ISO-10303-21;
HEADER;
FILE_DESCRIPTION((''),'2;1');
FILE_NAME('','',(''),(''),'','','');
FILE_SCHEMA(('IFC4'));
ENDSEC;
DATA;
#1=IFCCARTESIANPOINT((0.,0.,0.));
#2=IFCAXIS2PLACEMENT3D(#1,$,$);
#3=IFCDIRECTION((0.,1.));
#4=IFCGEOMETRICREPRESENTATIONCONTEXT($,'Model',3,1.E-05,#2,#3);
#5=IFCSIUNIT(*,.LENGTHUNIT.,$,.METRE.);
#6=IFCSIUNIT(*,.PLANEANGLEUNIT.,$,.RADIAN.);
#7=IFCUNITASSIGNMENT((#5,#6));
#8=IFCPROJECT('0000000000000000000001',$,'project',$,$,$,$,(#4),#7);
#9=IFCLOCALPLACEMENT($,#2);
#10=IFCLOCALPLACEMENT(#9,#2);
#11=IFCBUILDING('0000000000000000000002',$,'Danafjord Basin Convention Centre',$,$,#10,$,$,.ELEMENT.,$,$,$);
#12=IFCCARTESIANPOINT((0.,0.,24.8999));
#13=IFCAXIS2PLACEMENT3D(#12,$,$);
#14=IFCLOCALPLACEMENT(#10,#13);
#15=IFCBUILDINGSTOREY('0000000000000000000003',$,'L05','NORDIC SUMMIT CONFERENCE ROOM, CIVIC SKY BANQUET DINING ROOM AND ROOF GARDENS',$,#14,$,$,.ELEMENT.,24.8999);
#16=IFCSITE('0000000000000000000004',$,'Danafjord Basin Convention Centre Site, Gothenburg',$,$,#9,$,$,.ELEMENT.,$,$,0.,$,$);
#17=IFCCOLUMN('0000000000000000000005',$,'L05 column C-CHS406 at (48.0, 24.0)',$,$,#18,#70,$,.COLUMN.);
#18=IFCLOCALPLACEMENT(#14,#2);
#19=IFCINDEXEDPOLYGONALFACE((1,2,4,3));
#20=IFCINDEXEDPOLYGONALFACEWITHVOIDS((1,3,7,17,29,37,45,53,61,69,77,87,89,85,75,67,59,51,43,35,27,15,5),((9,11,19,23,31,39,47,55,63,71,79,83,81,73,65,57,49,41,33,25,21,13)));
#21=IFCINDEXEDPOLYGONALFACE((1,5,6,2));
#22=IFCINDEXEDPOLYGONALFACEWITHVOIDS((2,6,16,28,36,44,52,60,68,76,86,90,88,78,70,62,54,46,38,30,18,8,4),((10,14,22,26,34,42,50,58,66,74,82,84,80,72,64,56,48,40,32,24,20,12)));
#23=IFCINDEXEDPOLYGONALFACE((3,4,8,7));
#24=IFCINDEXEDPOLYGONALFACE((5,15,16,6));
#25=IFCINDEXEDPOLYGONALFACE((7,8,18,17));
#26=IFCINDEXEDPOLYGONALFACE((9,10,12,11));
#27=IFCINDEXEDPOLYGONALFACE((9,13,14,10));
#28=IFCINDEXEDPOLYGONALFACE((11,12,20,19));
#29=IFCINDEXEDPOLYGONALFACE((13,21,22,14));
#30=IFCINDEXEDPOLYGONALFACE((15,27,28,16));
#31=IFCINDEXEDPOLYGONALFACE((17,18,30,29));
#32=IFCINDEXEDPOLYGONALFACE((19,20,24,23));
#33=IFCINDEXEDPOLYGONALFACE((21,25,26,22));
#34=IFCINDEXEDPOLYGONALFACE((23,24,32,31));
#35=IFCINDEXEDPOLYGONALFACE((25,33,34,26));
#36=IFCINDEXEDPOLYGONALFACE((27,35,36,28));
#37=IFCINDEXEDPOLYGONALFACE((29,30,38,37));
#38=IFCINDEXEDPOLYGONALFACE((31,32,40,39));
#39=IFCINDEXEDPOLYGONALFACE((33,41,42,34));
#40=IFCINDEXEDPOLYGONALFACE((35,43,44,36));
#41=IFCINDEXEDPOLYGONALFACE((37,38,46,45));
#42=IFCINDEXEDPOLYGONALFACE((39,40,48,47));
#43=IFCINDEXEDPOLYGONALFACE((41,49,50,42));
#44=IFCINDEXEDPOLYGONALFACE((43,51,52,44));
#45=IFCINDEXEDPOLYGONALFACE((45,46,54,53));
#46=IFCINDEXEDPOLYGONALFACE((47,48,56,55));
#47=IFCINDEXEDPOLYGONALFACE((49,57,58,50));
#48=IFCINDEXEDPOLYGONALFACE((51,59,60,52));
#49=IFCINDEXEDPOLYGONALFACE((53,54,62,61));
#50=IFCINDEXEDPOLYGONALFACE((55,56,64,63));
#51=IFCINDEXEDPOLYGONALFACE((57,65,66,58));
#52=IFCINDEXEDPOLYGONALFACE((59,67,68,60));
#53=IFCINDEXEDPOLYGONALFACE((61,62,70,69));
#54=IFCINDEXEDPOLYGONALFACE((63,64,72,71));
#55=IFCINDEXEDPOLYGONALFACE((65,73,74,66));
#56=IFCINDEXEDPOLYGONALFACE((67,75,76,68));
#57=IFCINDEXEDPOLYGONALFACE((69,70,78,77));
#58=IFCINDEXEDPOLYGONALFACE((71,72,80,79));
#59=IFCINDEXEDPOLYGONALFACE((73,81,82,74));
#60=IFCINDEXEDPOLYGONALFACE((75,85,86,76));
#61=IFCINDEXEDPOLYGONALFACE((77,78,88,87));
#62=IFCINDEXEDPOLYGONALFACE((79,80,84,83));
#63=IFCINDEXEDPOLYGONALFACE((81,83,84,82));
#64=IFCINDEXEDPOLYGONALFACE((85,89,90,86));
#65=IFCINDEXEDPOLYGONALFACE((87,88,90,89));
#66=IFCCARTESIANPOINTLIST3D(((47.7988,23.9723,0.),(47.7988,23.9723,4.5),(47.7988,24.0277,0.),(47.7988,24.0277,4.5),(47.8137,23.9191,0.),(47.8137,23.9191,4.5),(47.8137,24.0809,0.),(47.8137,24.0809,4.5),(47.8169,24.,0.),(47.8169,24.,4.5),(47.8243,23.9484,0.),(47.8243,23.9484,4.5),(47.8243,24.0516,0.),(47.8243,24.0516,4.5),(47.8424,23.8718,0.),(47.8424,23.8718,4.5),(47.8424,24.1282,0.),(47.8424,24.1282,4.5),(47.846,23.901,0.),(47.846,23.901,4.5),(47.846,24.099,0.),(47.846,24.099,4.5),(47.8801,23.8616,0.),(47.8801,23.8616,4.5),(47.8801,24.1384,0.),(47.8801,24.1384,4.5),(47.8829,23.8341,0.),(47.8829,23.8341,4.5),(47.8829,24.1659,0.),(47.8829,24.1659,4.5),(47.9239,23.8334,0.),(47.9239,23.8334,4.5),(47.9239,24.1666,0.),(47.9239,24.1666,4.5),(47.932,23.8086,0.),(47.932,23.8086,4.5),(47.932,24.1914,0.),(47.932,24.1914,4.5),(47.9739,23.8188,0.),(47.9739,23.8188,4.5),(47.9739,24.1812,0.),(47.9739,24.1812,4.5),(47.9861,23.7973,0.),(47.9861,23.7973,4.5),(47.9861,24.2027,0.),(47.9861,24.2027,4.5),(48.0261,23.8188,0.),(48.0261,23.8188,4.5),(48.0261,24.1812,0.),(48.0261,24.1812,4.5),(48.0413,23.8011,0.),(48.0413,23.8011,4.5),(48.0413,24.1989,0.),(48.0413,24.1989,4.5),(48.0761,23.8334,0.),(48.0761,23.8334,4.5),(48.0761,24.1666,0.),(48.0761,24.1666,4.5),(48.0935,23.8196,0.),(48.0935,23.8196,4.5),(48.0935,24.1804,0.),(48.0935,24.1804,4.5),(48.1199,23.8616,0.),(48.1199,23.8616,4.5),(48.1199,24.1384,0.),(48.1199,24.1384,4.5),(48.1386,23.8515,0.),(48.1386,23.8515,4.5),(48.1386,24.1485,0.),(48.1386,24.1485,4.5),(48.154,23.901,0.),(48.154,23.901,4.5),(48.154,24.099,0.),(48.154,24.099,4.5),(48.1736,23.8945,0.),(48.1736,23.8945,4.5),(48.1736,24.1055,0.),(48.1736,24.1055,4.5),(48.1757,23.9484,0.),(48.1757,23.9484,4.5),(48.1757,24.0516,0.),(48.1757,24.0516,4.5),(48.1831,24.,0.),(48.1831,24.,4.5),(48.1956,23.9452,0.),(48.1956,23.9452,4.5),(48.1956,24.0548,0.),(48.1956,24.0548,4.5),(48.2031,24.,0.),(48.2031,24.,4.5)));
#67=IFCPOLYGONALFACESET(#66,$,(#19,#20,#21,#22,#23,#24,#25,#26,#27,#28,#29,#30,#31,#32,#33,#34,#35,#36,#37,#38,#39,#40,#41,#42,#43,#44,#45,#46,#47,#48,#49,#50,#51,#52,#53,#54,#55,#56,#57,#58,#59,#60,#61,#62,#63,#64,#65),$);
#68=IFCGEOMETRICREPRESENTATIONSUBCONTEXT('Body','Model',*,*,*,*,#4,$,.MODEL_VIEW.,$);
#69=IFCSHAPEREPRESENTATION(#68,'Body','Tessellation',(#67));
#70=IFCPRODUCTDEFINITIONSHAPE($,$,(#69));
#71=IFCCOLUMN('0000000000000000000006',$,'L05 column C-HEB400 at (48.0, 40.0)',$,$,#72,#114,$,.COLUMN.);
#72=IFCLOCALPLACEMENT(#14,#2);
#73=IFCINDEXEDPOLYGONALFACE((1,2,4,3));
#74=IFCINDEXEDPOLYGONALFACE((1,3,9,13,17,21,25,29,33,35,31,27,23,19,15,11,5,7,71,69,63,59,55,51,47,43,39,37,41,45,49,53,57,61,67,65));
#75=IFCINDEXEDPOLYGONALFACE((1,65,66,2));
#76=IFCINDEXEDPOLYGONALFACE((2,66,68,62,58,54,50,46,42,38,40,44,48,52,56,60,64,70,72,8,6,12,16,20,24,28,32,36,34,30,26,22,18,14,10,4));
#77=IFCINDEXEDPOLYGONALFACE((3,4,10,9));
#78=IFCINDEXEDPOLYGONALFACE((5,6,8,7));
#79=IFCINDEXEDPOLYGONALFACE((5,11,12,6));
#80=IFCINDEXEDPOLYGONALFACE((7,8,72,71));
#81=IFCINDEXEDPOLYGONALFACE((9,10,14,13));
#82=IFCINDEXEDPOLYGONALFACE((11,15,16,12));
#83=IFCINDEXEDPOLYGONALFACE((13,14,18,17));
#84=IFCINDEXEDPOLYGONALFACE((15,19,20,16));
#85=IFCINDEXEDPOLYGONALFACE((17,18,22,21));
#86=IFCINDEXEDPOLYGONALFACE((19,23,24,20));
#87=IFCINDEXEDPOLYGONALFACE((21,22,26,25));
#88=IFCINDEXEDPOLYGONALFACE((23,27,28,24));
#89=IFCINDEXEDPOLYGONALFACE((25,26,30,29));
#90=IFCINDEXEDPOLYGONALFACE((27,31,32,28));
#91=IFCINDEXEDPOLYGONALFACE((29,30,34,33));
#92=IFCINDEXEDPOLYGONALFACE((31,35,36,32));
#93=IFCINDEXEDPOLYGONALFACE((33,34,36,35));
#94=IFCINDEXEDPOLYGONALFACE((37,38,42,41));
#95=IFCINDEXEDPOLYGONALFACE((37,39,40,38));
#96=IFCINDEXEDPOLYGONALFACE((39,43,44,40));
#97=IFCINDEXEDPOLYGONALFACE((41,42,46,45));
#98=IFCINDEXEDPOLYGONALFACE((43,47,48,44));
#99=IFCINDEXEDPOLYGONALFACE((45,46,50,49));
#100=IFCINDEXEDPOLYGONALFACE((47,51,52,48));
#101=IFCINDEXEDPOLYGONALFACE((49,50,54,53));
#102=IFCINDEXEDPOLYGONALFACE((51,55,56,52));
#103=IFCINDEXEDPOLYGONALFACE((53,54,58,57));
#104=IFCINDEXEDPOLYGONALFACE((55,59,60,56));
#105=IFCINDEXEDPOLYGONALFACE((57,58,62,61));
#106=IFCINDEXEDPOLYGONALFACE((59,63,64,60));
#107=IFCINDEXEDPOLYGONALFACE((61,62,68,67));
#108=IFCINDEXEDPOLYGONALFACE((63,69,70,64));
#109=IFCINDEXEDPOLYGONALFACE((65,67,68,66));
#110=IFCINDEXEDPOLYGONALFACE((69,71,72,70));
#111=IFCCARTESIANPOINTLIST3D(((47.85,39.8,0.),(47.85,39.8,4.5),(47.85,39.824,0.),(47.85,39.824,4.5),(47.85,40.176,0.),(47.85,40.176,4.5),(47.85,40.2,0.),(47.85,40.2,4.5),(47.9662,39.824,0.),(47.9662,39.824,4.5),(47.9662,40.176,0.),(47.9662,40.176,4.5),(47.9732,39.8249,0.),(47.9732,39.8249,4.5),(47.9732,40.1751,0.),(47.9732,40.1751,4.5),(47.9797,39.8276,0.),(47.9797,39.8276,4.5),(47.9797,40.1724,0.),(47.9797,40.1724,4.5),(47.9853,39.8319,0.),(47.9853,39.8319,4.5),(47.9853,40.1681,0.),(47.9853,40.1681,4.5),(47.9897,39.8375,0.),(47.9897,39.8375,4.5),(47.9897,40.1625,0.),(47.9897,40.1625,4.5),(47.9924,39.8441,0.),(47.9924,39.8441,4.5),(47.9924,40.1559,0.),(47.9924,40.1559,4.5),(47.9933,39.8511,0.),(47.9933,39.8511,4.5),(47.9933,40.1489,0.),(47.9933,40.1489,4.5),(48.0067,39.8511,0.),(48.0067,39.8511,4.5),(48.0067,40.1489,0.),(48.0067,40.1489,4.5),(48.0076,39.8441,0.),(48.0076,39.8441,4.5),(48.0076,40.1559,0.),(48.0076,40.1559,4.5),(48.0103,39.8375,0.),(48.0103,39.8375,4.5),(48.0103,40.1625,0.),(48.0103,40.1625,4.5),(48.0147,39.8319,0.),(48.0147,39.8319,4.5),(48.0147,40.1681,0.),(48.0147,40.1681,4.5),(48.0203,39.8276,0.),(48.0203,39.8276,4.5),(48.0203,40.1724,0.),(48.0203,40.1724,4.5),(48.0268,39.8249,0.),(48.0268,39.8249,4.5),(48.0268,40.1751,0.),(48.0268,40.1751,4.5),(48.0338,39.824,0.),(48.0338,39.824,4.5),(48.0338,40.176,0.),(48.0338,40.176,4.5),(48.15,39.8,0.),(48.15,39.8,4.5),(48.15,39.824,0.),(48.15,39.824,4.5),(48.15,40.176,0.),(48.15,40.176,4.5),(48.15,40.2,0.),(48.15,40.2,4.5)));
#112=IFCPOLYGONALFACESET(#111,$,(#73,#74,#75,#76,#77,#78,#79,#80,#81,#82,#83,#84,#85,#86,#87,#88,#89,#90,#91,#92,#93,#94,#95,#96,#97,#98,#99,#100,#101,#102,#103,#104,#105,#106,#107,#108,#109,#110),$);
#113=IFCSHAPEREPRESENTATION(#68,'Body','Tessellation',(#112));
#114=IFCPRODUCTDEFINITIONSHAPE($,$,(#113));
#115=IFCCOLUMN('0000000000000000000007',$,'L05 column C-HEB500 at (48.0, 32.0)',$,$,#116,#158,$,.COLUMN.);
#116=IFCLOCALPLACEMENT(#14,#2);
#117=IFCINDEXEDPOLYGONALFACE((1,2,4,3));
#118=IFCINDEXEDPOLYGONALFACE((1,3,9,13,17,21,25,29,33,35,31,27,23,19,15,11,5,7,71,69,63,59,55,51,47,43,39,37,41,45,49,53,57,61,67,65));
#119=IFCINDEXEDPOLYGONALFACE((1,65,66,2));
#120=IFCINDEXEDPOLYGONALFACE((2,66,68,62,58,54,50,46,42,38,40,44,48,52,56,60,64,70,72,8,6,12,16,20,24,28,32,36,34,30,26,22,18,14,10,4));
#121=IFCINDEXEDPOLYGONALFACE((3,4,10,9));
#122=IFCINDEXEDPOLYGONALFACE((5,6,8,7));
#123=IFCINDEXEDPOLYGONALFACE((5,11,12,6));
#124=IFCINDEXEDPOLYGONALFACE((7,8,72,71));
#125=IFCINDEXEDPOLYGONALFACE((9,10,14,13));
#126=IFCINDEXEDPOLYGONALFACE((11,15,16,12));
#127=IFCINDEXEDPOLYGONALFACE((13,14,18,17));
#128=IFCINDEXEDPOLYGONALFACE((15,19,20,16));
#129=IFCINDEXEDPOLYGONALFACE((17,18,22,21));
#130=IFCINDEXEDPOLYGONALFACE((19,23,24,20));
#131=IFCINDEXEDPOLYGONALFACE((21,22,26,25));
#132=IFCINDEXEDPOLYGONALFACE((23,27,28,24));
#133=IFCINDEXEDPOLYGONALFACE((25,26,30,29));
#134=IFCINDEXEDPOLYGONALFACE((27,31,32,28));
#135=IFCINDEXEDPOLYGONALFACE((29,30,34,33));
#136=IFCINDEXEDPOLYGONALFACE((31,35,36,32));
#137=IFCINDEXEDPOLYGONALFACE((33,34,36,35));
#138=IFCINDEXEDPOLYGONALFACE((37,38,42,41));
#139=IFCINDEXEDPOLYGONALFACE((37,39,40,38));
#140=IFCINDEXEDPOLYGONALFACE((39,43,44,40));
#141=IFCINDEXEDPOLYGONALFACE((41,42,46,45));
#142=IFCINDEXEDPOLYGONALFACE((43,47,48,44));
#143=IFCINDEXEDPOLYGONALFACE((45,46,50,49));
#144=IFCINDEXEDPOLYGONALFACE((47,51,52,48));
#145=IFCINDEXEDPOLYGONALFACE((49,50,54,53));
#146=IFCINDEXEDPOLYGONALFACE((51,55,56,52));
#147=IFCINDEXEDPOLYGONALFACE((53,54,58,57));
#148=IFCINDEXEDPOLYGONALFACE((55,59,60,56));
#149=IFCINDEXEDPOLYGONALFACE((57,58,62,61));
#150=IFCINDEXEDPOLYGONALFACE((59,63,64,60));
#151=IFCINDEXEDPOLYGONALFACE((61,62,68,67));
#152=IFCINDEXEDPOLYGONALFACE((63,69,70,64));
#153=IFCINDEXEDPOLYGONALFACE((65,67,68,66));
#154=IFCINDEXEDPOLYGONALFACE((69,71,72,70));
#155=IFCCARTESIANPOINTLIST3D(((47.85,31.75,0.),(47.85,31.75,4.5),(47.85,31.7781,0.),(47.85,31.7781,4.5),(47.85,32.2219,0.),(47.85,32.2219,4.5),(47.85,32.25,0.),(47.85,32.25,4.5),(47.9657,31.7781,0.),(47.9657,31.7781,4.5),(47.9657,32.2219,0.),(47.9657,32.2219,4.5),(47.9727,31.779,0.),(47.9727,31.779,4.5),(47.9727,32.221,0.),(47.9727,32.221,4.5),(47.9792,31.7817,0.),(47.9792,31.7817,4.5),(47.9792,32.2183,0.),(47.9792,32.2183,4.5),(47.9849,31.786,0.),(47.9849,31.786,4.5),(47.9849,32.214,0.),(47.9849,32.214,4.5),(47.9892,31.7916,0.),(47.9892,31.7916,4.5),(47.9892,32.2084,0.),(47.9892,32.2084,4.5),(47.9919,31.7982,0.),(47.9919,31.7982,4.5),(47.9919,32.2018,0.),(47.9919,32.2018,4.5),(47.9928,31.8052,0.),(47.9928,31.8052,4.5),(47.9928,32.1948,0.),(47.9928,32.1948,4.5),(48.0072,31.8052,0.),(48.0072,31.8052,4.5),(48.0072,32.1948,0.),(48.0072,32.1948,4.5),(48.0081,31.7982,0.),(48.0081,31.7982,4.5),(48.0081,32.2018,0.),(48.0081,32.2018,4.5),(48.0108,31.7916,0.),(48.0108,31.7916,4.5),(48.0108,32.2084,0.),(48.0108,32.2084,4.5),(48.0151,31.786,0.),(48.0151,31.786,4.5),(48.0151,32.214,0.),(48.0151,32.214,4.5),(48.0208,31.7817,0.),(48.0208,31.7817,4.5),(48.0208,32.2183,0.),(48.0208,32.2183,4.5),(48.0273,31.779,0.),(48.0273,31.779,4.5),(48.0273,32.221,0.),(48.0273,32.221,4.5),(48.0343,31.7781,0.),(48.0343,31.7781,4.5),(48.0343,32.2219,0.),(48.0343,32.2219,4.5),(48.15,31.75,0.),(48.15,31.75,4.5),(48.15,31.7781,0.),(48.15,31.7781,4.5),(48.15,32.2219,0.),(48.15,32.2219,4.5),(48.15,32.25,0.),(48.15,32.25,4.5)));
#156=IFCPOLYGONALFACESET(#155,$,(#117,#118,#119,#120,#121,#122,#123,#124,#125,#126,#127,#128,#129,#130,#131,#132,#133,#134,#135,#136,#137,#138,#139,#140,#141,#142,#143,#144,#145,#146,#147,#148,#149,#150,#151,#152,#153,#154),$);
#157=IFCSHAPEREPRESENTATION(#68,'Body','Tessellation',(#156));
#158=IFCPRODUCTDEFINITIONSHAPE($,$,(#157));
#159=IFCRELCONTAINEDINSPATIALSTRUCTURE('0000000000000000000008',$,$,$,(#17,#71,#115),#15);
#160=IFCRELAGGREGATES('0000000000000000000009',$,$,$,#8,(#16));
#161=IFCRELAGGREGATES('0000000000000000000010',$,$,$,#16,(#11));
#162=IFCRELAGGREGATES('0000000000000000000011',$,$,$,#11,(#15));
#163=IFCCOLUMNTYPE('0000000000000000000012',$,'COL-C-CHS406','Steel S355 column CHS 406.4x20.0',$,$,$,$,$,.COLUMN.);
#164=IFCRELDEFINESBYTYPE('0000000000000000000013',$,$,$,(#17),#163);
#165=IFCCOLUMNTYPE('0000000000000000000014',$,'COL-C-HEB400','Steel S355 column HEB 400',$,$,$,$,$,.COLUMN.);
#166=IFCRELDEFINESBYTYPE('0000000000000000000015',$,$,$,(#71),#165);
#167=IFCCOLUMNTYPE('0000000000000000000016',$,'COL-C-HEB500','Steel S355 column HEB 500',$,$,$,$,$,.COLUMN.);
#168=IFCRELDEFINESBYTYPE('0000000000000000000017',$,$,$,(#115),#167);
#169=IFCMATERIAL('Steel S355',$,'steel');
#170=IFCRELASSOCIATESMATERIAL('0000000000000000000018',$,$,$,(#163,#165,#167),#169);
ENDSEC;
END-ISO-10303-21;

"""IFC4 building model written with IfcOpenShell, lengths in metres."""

from ifc_helpers import new_model, si_unit, direction, frame, origin, origin_2d, place, context, subcontext, project, spatial, hollow_circle, i_section, extrude, material, material_profile, profile_set, type_object, element, save


model = new_model("IFC4")

# Units and contexts
model_context = context("Model", 3, precision=1e-05, world=origin(), true_north=direction((0.0, 1.0)))
body_context = subcontext(model_context, "Body", "Model", "MODEL_VIEW")
ifc_project = project(units=[si_unit("LENGTHUNIT", "METRE"), si_unit("PLANEANGLEUNIT", "RADIAN")], contexts=[model_context])

# Site, building, storey
site_placement = place(None, origin())
site = spatial("IfcSite", under=ifc_project, at=site_placement, Name="Danafjord Basin Convention Centre Site, Gothenburg", CompositionType="ELEMENT", RefElevation=0.0)
building_placement = place(site_placement, origin())
building = spatial("IfcBuilding", under=site, at=building_placement, Name="Danafjord Basin Convention Centre", CompositionType="ELEMENT")
storey_placement = place(building_placement, frame((0.0, 0.0, 24.8999)))
storey = spatial("IfcBuildingStorey", under=building, at=storey_placement, Name="L05", Description="NORDIC SUMMIT CONFERENCE ROOM, CIVIC SKY BANQUET DINING ROOM AND ROOF GARDENS", CompositionType="ELEMENT", Elevation=24.8999)

# Columns
ifc_material_1 = material(Name="Steel S355", Category="steel")
ifc_material_profile_1 = material_profile(ifc_material_1, hollow_circle(Radius=0.2031, WallThickness=0.02, at=origin_2d()), Name="CHS 406.4x20.0")
ifc_profile_set_1 = profile_set([ifc_material_profile_1], Name="Steel S355")
column_type_1 = type_object("IfcColumnType", Name="COL-C-CHS406", Description="Steel S355 column CHS 406.4x20.0", PredefinedType="COLUMN", material=ifc_profile_set_1)
column_1_placement = place(storey_placement, frame((48.0, 24.0, 0.0), z_axis=(0.0, 0.0, 1.0), x_axis=(1.0, 0.0, 0.0)))
element("IfcColumn", 1, at=column_1_placement, inside=storey, type_object=column_type_1, Name="L05 column C-CHS406 at (48.0, 24.0)", PredefinedType="COLUMN", context=body_context, shape_type="SweptSolid", body=[
    extrude(hollow_circle(Radius=0.2031, WallThickness=0.02, at=origin_2d()), origin(), (0.0, 0.0, 1.0), 4.5),
])
ifc_material_profile_2 = material_profile(ifc_material_1, i_section(OverallWidth=0.3, OverallDepth=0.3999, WebThickness=0.0134, FlangeThickness=0.0239, FilletRadius=0.0271, at=origin_2d()), Name="HEB 400")
ifc_profile_set_2 = profile_set([ifc_material_profile_2], Name="Steel S355")
column_type_2 = type_object("IfcColumnType", Name="COL-C-HEB400", Description="Steel S355 column HEB 400", PredefinedType="COLUMN", material=ifc_profile_set_2)
column_2_placement = place(storey_placement, frame((48.0, 40.0, 0.0), z_axis=(0.0, 0.0, 1.0), x_axis=(1.0, 0.0, 0.0)))
element("IfcColumn", 2, at=column_2_placement, inside=storey, type_object=column_type_2, Name="L05 column C-HEB400 at (48.0, 40.0)", PredefinedType="COLUMN", context=body_context, shape_type="SweptSolid", body=[
    extrude(i_section(OverallWidth=0.3, OverallDepth=0.3999, WebThickness=0.0134, FlangeThickness=0.0239, FilletRadius=0.0271, at=origin_2d()), origin(), (0.0, 0.0, 1.0), 4.5),
])
ifc_material_profile_3 = material_profile(ifc_material_1, i_section(OverallWidth=0.3, OverallDepth=0.5, WebThickness=0.0144, FlangeThickness=0.0281, FilletRadius=0.0271, at=origin_2d()), Name="HEB 500")
ifc_profile_set_3 = profile_set([ifc_material_profile_3], Name="Steel S355")
column_type_3 = type_object("IfcColumnType", Name="COL-C-HEB500", Description="Steel S355 column HEB 500", PredefinedType="COLUMN", material=ifc_profile_set_3)
column_3_placement = place(storey_placement, frame((48.0, 32.0, 0.0), z_axis=(0.0, 0.0, 1.0), x_axis=(1.0, 0.0, 0.0)))
element("IfcColumn", 3, at=column_3_placement, inside=storey, type_object=column_type_3, Name="L05 column C-HEB500 at (48.0, 32.0)", PredefinedType="COLUMN", context=body_context, shape_type="SweptSolid", body=[
    extrude(i_section(OverallWidth=0.3, OverallDepth=0.5, WebThickness=0.0144, FlangeThickness=0.0281, FilletRadius=0.0271, at=origin_2d()), origin(), (0.0, 0.0, 1.0), 4.5),
])

save(model, "model.ifc")
